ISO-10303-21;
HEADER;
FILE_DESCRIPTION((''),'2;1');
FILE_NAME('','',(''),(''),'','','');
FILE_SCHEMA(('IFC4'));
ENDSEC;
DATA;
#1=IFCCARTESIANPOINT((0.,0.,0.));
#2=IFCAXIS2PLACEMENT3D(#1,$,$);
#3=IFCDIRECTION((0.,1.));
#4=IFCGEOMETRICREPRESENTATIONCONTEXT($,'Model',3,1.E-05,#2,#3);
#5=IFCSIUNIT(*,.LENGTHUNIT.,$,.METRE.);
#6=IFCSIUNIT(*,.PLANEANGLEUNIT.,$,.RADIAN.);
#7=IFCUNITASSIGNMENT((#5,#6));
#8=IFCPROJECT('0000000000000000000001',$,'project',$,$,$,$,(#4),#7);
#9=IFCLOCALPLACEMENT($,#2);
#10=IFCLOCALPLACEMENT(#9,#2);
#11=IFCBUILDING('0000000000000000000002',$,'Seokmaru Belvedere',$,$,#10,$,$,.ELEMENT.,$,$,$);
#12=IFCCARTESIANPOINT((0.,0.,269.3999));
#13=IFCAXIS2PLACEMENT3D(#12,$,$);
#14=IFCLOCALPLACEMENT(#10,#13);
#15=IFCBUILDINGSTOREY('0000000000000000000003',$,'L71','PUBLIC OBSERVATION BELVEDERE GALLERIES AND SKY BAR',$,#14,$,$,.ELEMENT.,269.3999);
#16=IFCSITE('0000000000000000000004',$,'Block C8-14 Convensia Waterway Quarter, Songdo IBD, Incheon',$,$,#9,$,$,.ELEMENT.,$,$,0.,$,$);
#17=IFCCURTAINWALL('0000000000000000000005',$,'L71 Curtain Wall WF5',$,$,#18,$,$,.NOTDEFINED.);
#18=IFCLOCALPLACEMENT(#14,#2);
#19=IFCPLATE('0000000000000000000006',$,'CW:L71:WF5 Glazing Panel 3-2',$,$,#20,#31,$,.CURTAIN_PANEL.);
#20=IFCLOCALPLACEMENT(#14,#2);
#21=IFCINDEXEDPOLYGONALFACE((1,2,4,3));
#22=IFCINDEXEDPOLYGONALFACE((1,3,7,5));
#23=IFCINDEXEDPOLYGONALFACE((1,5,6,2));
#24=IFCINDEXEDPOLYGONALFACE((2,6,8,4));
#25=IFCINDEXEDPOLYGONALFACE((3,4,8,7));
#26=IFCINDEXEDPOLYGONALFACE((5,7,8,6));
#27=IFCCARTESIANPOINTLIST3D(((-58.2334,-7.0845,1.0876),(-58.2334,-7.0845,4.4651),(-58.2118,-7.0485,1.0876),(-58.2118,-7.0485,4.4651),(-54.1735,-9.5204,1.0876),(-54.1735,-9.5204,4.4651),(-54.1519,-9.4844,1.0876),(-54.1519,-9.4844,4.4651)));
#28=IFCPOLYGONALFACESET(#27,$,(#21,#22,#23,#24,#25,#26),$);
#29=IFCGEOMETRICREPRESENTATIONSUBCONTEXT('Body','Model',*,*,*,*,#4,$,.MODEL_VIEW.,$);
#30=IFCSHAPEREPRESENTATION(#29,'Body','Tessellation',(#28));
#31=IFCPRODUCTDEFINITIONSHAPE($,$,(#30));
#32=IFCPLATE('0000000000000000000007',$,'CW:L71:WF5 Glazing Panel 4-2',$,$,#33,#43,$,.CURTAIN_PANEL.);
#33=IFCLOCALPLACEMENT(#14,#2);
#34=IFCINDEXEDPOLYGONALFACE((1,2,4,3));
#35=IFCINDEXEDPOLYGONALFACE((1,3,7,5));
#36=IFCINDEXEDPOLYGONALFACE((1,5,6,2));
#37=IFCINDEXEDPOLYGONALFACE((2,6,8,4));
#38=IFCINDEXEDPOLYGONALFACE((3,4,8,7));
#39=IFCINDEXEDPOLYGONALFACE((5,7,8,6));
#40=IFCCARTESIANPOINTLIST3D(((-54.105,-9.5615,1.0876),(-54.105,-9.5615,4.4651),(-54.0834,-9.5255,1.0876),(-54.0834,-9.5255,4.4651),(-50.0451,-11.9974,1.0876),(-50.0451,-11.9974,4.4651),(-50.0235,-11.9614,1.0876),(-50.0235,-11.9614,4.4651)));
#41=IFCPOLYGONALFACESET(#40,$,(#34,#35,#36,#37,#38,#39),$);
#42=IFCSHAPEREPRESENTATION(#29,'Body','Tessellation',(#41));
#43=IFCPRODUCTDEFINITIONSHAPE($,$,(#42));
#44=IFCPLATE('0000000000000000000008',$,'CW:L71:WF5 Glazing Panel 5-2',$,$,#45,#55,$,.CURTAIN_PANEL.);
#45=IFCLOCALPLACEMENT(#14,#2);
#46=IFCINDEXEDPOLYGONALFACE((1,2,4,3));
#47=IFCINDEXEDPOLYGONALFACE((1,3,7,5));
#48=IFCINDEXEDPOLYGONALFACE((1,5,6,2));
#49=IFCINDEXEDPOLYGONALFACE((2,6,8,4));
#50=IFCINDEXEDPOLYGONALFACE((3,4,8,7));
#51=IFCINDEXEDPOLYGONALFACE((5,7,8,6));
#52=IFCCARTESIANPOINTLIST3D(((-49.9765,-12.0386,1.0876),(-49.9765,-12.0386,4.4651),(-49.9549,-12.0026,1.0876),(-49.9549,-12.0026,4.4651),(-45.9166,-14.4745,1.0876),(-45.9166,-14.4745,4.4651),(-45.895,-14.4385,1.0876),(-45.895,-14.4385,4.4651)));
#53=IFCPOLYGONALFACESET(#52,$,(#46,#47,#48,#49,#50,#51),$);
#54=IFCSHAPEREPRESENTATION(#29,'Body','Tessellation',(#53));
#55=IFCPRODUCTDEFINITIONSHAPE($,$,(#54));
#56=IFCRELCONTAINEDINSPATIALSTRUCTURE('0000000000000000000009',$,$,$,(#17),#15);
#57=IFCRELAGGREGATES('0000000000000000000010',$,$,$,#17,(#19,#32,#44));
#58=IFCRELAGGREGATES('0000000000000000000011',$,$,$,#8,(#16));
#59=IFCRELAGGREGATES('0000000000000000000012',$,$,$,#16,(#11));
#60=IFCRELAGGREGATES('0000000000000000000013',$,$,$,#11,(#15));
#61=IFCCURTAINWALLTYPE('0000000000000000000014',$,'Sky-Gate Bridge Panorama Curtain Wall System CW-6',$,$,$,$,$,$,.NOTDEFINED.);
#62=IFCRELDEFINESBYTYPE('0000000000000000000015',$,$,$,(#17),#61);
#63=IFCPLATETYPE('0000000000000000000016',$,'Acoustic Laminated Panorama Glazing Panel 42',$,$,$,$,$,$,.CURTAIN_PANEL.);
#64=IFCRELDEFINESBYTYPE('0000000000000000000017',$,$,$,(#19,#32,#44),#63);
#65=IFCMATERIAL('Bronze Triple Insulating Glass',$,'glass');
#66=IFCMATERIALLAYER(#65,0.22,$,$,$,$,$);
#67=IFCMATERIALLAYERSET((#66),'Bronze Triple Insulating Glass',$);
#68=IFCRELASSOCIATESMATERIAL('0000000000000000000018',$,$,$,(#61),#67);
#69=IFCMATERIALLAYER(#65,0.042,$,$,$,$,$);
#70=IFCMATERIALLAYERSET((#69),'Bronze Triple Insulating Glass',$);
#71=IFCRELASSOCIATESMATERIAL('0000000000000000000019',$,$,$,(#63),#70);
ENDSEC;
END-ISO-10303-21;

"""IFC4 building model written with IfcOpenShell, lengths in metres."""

from ifc_helpers import new_model, si_unit, direction, frame, origin, origin_2d, place, context, subcontext, project, spatial, rectangle, extrude, source, transform, mapped, material, layer, layer_set, type_object, type_shapes, element, aggregate, save


model = new_model("IFC4")

# Units and contexts
model_context = context("Model", 3, precision=1e-05, world=origin(), true_north=direction((0.0, 1.0)))
body_context = subcontext(model_context, "Body", "Model", "MODEL_VIEW")
ifc_project = project(units=[si_unit("LENGTHUNIT", "METRE"), si_unit("PLANEANGLEUNIT", "RADIAN")], contexts=[model_context])

# Site, building, storey
site_placement = place(None, origin())
site = spatial("IfcSite", under=ifc_project, at=site_placement, Name="Block C8-14 Convensia Waterway Quarter, Songdo IBD, Incheon", CompositionType="ELEMENT", RefElevation=0.0)
building_placement = place(site_placement, origin())
building = spatial("IfcBuilding", under=site, at=building_placement, Name="Seokmaru Belvedere", CompositionType="ELEMENT")
storey_placement = place(building_placement, frame((0.0, 0.0, 269.3999)))
storey = spatial("IfcBuildingStorey", under=building, at=storey_placement, Name="L71", Description="PUBLIC OBSERVATION BELVEDERE GALLERIES AND SKY BAR", CompositionType="ELEMENT", Elevation=269.3999)

# Curtain wall, plates
ifc_material_1 = material(Name="Bronze Triple Insulating Glass", Category="glass")
ifc_layer_1 = layer(ifc_material_1, 0.22)
ifc_layer_set_1 = layer_set([ifc_layer_1], Name="Bronze Triple Insulating Glass")
curtain_wall_type = type_object("IfcCurtainWallType", Name="Sky-Gate Bridge Panorama Curtain Wall System CW-6", PredefinedType="NOTDEFINED", material=ifc_layer_set_1)
curtain_wall_placement = place(storey_placement, origin())
curtain_wall = element("IfcCurtainWall", 1, at=curtain_wall_placement, inside=storey, type_object=curtain_wall_type, Name="L71 Curtain Wall WF5", PredefinedType="NOTDEFINED")
ifc_layer_2 = layer(ifc_material_1, 0.042)
ifc_layer_set_2 = layer_set([ifc_layer_2], Name="Bronze Triple Insulating Glass")
plate_type_1 = type_object("IfcPlateType", Name="Acoustic Laminated Panorama Glazing Panel 42", PredefinedType="CURTAIN_PANEL", material=ifc_layer_set_2)
shared_shape_1 = source(origin(), body_context, "Body", "SweptSolid", [
    extrude(rectangle(XDim=4.7346, YDim=0.042, at=origin_2d()), origin(), (0.0, 0.0, 1.0), 3.3774),
])
type_shapes(plate_type_1, [shared_shape_1])
plate_1_placement = place(storey_placement, frame((-56.1926, -8.2844, 1.0876), z_axis=(0.0, 0.0, 1.0), x_axis=(0.857493, -0.514495, 0.0)))
plate_1 = element("IfcPlate", 2, at=plate_1_placement, type_object=plate_type_1, Name="CW:L71:WF5 Glazing Panel 3-2", PredefinedType="CURTAIN_PANEL", context=body_context, shape_type="MappedRepresentation", body=[
    mapped(shared_shape_1, transform((0.0, 0.0, 0.0), scale=1.0)),
])
plate_2_placement = place(storey_placement, frame((-52.0642, -10.7615, 1.0876), z_axis=(0.0, 0.0, 1.0), x_axis=(0.857493, -0.514495, 0.0)))
plate_2 = element("IfcPlate", 3, at=plate_2_placement, type_object=plate_type_1, Name="CW:L71:WF5 Glazing Panel 4-2", PredefinedType="CURTAIN_PANEL", context=body_context, shape_type="MappedRepresentation", body=[
    mapped(shared_shape_1, transform((0.0, 0.0, 0.0), scale=1.0)),
])
plate_3_placement = place(storey_placement, frame((-47.9358, -13.2385, 1.0876), z_axis=(0.0, 0.0, 1.0), x_axis=(0.857493, -0.514495, 0.0)))
plate_3 = element("IfcPlate", 4, at=plate_3_placement, type_object=plate_type_1, Name="CW:L71:WF5 Glazing Panel 5-2", PredefinedType="CURTAIN_PANEL", context=body_context, shape_type="MappedRepresentation", body=[
    mapped(shared_shape_1, transform((0.0, 0.0, 0.0), scale=1.0)),
])
aggregate(curtain_wall, [plate_1, plate_2, plate_3])

save(model, "model.ifc")
